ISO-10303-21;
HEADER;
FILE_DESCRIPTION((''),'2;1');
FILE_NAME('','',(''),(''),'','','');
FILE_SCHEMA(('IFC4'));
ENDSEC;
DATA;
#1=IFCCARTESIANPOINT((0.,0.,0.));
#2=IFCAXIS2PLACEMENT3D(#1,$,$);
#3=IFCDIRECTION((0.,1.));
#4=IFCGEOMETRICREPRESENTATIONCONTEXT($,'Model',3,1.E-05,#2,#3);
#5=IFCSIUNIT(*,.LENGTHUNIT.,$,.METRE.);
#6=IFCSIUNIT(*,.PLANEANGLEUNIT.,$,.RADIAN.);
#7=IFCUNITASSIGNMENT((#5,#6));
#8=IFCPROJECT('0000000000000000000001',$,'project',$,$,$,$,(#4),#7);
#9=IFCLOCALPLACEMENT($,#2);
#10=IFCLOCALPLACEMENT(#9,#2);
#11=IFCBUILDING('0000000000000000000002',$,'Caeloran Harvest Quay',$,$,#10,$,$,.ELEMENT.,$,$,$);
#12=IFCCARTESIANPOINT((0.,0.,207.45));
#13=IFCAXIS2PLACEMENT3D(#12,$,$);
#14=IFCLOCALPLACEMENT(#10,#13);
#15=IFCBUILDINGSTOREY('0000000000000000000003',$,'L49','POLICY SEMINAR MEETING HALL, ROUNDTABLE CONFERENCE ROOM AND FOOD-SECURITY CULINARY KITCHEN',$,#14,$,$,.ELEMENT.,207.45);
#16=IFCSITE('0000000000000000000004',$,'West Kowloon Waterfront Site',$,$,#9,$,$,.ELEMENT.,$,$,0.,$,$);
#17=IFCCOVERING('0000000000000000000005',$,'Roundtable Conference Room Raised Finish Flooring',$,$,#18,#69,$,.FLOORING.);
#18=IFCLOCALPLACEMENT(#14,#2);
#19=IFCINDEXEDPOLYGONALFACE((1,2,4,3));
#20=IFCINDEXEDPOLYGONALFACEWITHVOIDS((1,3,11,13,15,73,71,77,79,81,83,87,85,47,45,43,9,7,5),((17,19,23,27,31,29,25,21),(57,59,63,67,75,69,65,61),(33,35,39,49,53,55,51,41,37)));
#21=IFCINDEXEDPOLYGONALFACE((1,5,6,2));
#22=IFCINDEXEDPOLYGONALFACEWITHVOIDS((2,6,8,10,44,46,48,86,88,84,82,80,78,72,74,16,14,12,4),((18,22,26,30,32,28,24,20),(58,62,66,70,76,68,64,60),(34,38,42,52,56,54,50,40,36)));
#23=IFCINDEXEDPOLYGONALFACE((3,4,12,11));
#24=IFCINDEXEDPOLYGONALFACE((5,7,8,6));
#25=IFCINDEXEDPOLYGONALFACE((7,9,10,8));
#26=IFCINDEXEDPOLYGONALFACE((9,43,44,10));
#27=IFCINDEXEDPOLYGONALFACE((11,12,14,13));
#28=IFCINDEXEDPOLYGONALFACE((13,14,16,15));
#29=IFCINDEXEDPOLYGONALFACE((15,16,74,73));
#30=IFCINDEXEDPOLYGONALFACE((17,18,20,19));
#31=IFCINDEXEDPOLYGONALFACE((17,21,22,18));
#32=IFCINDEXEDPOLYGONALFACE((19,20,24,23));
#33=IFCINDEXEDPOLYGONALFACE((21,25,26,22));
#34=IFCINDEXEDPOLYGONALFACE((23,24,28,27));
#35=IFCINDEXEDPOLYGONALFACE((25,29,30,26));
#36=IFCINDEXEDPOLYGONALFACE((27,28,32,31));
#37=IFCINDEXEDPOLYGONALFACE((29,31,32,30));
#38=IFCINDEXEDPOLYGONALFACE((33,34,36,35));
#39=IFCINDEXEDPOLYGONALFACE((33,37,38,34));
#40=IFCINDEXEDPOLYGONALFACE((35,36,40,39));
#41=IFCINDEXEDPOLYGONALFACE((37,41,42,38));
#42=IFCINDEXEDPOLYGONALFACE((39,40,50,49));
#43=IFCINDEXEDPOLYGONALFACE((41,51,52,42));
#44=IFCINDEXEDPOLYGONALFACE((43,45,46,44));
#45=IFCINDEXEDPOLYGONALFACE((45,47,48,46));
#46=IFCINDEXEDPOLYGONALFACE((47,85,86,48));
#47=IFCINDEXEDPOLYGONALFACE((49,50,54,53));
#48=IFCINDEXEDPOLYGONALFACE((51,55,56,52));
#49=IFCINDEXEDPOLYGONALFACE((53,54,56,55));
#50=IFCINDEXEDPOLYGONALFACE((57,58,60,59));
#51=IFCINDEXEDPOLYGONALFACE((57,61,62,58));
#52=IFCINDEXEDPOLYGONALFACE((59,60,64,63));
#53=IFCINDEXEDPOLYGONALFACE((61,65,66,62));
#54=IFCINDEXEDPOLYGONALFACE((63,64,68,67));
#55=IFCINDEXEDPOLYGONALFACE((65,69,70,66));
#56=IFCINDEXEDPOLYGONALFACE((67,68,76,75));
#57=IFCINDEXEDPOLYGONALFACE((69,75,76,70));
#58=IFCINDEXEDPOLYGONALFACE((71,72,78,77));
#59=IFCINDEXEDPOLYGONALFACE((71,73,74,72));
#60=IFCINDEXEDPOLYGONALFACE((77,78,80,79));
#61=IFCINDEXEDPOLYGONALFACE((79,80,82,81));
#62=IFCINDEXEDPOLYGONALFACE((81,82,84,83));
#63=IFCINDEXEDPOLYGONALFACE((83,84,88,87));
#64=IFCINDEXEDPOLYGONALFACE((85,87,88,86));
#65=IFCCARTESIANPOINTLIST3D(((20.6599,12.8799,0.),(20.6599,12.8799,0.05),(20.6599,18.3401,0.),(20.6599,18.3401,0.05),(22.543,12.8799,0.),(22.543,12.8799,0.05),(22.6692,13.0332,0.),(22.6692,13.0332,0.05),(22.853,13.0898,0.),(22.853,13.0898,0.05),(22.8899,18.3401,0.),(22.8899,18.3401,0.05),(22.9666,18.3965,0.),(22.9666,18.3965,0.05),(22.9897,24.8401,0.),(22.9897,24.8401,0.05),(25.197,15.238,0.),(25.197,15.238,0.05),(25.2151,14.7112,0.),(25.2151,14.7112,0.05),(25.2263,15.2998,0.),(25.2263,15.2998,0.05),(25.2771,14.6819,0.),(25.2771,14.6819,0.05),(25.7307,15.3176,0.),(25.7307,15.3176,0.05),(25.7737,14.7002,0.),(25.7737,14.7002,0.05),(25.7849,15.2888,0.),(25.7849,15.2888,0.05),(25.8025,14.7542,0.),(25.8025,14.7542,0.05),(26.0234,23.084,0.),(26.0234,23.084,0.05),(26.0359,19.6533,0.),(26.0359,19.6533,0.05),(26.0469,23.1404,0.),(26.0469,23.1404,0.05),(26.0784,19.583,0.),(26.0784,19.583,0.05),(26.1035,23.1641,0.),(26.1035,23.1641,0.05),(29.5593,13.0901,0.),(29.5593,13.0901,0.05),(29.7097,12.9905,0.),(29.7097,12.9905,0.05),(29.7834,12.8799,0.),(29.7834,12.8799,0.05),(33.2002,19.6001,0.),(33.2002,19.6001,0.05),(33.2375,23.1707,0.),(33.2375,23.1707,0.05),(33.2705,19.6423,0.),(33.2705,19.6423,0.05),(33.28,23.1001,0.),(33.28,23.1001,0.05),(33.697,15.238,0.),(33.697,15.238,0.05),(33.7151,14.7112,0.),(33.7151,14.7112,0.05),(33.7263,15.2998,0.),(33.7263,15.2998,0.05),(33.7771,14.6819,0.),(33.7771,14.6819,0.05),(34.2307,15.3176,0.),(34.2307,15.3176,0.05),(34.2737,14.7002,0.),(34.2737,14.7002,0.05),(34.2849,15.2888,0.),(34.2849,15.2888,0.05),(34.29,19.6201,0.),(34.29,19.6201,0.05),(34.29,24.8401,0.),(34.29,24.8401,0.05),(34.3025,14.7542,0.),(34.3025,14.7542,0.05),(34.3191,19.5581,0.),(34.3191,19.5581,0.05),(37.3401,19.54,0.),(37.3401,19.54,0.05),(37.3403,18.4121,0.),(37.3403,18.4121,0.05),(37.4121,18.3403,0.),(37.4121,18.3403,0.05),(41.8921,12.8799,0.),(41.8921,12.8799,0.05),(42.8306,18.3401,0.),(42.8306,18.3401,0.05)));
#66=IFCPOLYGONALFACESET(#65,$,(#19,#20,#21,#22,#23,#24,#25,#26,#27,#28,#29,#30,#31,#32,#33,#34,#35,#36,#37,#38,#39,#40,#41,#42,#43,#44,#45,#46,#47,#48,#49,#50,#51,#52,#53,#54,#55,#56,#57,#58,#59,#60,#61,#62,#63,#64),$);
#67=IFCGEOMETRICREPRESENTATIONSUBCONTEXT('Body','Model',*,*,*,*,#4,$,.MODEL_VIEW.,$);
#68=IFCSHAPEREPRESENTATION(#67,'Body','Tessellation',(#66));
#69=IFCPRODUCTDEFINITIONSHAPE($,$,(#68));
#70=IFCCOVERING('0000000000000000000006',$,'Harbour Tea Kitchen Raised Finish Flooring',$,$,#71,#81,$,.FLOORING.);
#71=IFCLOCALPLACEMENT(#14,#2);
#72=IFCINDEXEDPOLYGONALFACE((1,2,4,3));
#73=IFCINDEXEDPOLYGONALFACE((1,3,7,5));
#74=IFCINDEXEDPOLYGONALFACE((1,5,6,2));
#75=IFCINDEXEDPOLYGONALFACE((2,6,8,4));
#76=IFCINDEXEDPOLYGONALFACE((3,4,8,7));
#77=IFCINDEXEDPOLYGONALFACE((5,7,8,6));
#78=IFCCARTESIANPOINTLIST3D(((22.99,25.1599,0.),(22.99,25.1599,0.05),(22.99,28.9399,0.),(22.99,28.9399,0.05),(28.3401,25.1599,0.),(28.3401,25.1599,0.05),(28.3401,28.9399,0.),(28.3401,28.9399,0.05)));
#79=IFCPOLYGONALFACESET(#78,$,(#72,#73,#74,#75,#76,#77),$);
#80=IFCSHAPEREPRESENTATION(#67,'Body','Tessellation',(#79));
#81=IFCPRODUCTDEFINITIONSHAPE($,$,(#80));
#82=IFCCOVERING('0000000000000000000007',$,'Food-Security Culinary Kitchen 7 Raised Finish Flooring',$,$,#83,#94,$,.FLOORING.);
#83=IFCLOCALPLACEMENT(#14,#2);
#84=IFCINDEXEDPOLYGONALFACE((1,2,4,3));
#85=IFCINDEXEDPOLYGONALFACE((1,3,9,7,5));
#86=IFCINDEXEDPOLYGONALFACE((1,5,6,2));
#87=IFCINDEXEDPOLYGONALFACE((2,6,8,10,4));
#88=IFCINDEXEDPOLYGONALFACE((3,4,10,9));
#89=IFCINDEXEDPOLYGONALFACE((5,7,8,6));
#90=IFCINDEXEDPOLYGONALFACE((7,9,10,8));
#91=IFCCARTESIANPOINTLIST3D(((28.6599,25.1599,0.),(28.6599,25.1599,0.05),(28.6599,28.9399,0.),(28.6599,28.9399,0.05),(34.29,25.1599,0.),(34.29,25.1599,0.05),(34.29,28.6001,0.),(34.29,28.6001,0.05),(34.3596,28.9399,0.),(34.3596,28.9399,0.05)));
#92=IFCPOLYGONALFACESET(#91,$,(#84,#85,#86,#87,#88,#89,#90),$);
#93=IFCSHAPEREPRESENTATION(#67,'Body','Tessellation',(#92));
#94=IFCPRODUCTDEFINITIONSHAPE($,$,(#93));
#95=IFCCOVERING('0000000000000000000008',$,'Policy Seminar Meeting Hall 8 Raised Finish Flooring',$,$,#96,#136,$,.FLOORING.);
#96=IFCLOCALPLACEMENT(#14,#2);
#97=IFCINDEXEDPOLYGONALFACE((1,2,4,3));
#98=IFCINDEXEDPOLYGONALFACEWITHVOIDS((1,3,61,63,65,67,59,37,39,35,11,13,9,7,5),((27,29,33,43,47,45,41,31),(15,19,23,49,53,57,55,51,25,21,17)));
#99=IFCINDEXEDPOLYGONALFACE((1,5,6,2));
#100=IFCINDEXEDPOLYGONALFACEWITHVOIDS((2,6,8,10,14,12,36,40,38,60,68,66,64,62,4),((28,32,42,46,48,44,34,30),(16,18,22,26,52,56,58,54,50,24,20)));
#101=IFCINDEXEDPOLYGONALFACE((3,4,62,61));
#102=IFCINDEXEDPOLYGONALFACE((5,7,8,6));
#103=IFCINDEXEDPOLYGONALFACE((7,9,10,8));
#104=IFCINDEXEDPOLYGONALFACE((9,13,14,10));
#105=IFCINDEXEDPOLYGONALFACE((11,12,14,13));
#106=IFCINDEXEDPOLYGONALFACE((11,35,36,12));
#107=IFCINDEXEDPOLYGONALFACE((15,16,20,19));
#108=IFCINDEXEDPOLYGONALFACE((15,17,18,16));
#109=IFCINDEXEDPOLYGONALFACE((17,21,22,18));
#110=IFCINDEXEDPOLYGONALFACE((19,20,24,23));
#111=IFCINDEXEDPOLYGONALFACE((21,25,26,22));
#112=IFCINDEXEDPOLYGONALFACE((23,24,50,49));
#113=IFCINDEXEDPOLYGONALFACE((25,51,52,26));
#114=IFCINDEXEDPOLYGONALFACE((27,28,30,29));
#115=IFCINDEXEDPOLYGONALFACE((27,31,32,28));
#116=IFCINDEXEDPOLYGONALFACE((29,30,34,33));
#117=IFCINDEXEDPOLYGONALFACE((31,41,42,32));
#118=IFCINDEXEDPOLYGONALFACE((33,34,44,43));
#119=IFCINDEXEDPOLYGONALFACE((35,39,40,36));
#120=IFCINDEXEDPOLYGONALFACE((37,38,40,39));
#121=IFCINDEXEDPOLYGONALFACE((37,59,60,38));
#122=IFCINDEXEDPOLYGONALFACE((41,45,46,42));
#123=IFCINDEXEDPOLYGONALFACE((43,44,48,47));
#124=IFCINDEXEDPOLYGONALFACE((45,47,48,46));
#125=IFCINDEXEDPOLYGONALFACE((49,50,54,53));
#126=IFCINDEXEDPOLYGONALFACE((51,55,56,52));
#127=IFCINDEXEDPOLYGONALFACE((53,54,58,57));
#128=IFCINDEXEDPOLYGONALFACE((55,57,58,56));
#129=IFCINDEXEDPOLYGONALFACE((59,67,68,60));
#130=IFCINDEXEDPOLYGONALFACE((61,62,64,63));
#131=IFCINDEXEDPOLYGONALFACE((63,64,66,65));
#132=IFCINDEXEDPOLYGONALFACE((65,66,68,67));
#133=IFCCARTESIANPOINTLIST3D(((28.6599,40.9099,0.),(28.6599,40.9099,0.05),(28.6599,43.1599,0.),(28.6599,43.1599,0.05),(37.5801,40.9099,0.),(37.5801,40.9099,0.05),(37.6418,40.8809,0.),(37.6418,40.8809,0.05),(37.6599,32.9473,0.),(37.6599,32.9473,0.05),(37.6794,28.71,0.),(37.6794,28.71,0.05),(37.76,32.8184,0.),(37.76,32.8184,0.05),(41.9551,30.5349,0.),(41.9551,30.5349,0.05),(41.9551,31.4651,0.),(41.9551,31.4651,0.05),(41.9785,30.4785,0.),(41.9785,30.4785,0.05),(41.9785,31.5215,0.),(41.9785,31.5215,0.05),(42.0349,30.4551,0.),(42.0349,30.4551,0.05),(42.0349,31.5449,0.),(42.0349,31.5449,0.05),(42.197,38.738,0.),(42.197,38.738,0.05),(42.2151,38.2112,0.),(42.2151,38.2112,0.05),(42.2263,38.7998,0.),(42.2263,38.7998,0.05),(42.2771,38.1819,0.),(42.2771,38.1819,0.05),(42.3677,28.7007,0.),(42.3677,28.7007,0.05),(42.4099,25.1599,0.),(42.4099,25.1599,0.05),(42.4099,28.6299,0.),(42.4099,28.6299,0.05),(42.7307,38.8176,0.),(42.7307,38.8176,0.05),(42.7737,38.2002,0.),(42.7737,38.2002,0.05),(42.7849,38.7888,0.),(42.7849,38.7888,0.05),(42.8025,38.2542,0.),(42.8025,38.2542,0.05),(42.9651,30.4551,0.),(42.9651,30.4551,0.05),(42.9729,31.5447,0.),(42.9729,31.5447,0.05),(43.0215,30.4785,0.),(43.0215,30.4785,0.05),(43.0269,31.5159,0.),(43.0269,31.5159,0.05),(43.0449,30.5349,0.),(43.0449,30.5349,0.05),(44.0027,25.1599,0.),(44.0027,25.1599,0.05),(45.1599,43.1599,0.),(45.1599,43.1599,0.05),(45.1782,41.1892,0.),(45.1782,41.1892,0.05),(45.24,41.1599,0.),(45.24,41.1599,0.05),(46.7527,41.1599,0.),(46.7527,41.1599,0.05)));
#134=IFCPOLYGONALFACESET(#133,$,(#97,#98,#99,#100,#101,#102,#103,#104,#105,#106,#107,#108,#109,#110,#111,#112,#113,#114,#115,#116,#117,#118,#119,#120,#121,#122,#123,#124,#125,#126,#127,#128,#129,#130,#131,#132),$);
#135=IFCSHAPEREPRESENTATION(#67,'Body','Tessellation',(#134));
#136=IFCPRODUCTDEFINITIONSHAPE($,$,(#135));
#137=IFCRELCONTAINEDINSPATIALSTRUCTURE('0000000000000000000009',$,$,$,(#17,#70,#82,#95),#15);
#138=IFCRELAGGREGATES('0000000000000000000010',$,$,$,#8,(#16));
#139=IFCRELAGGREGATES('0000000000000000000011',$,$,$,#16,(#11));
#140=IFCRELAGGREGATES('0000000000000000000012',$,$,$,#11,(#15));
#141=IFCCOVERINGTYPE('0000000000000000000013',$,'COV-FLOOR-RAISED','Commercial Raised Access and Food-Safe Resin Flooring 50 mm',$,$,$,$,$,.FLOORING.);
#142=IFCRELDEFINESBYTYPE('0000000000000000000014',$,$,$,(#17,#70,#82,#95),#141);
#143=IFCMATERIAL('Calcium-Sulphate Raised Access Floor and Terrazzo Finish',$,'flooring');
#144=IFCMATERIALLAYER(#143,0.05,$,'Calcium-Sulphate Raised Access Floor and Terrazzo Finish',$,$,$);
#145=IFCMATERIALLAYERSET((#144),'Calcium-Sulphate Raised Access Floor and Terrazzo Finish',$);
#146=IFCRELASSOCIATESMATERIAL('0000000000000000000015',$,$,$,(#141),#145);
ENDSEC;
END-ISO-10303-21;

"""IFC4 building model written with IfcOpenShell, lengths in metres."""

from ifc_helpers import new_model, si_unit, direction, frame, origin, place, context, subcontext, project, spatial, polyline, outline, extrude, material, layer, layer_set, type_object, element, save


model = new_model("IFC4")

# Units and contexts
model_context = context("Model", 3, precision=1e-05, world=origin(), true_north=direction((0.0, 1.0)))
body_context = subcontext(model_context, "Body", "Model", "MODEL_VIEW")
ifc_project = project(units=[si_unit("LENGTHUNIT", "METRE"), si_unit("PLANEANGLEUNIT", "RADIAN")], contexts=[model_context])

# Site, building, storey
site_placement = place(None, origin())
site = spatial("IfcSite", under=ifc_project, at=site_placement, Name="West Kowloon Waterfront Site", CompositionType="ELEMENT", RefElevation=0.0)
building_placement = place(site_placement, origin())
building = spatial("IfcBuilding", under=site, at=building_placement, Name="Caeloran Harvest Quay", CompositionType="ELEMENT")
storey_placement = place(building_placement, frame((0.0, 0.0, 207.45)))
storey = spatial("IfcBuildingStorey", under=building, at=storey_placement, Name="L49", Description="POLICY SEMINAR MEETING HALL, ROUNDTABLE CONFERENCE ROOM AND FOOD-SECURITY CULINARY KITCHEN", CompositionType="ELEMENT", Elevation=207.45)

# Coverings
ifc_material_1 = material(Name="Calcium-Sulphate Raised Access Floor and Terrazzo Finish", Category="flooring")
ifc_layer_1 = layer(ifc_material_1, 0.05, Name="Calcium-Sulphate Raised Access Floor and Terrazzo Finish")
ifc_layer_set_1 = layer_set([ifc_layer_1], Name="Calcium-Sulphate Raised Access Floor and Terrazzo Finish")
covering_type_1 = type_object("IfcCoveringType", Name="COV-FLOOR-RAISED", Description="Commercial Raised Access and Food-Safe Resin Flooring 50 mm", PredefinedType="FLOORING", material=ifc_layer_set_1)
covering_1_placement = place(storey_placement, origin())
element("IfcCovering", 1, at=covering_1_placement, inside=storey, type_object=covering_type_1, Name="Roundtable Conference Room Raised Finish Flooring", PredefinedType="FLOORING", context=body_context, shape_type="SweptSolid", body=[
    extrude(outline(polyline([(22.543, 12.8799), (20.6599, 12.8799), (20.6599, 18.3401), (22.8899, 18.3401), (22.9666, 18.3965), (22.9897, 24.8401), (34.29, 24.8401), (34.29, 19.6201), (34.3191, 19.5581), (37.3401, 19.54), (37.3403, 18.4121), (37.4121, 18.3403), (42.8306, 18.3401), (41.8921, 12.8799), (29.7834, 12.8799), (29.7097, 12.9905), (29.5593, 13.0901), (22.853, 13.0898), (22.6692, 13.0332), (22.543, 12.8799)]), holes=[polyline([(34.3025, 14.7542), (34.2849, 15.2888), (34.2307, 15.3176), (33.7263, 15.2998), (33.697, 15.238), (33.7151, 14.7112), (33.7771, 14.6819), (34.2737, 14.7002), (34.3025, 14.7542)]), polyline([(26.1035, 23.1641), (26.0469, 23.1404), (26.0234, 23.084), (26.0359, 19.6533), (26.0784, 19.583), (33.2002, 19.6001), (33.2705, 19.6423), (33.28, 23.1001), (33.2375, 23.1707), (26.1035, 23.1641)]), polyline([(25.8025, 14.7542), (25.7849, 15.2888), (25.7307, 15.3176), (25.2263, 15.2998), (25.197, 15.238), (25.2151, 14.7112), (25.2771, 14.6819), (25.7737, 14.7002), (25.8025, 14.7542)])]), origin(), (0.0, 0.0, 1.0), 0.05),
])
covering_2_placement = place(storey_placement, origin())
element("IfcCovering", 2, at=covering_2_placement, inside=storey, type_object=covering_type_1, Name="Harbour Tea Kitchen Raised Finish Flooring", PredefinedType="FLOORING", context=body_context, shape_type="SweptSolid", body=[
    extrude(outline(polyline([(22.99, 25.1599), (22.99, 28.9399), (28.3401, 28.9399), (28.3401, 25.1599), (22.99, 25.1599)])), origin(), (0.0, 0.0, 1.0), 0.05),
])
covering_3_placement = place(storey_placement, origin())
element("IfcCovering", 3, at=covering_3_placement, inside=storey, type_object=covering_type_1, Name="Food-Security Culinary Kitchen 7 Raised Finish Flooring", PredefinedType="FLOORING", context=body_context, shape_type="SweptSolid", body=[
    extrude(outline(polyline([(34.3596, 28.9399), (34.29, 28.6001), (34.29, 25.1599), (28.6599, 25.1599), (28.6599, 28.9399), (34.3596, 28.9399)])), origin(), (0.0, 0.0, 1.0), 0.05),
])
covering_4_placement = place(storey_placement, origin())
element("IfcCovering", 4, at=covering_4_placement, inside=storey, type_object=covering_type_1, Name="Policy Seminar Meeting Hall 8 Raised Finish Flooring", PredefinedType="FLOORING", context=body_context, shape_type="SweptSolid", body=[
    extrude(outline(polyline([(28.6599, 43.1599), (45.1599, 43.1599), (45.1782, 41.1892), (45.24, 41.1599), (46.7527, 41.1599), (44.0027, 25.1599), (42.4099, 25.1599), (42.4099, 28.6299), (42.3677, 28.7007), (37.6794, 28.71), (37.76, 32.8184), (37.6599, 32.9473), (37.6418, 40.8809), (37.5801, 40.9099), (28.6599, 40.9099), (28.6599, 43.1599)]), holes=[polyline([(43.0449, 30.5349), (43.0269, 31.5159), (42.9729, 31.5447), (42.0349, 31.5449), (41.9785, 31.5215), (41.9551, 31.4651), (41.9551, 30.5349), (41.9785, 30.4785), (42.0349, 30.4551), (42.9651, 30.4551), (43.0215, 30.4785), (43.0449, 30.5349)]), polyline([(42.8025, 38.2542), (42.7849, 38.7888), (42.7307, 38.8176), (42.2263, 38.7998), (42.197, 38.738), (42.2151, 38.2112), (42.2771, 38.1819), (42.7737, 38.2002), (42.8025, 38.2542)])]), origin(), (0.0, 0.0, 1.0), 0.05),
])

save(model, "model.ifc")
